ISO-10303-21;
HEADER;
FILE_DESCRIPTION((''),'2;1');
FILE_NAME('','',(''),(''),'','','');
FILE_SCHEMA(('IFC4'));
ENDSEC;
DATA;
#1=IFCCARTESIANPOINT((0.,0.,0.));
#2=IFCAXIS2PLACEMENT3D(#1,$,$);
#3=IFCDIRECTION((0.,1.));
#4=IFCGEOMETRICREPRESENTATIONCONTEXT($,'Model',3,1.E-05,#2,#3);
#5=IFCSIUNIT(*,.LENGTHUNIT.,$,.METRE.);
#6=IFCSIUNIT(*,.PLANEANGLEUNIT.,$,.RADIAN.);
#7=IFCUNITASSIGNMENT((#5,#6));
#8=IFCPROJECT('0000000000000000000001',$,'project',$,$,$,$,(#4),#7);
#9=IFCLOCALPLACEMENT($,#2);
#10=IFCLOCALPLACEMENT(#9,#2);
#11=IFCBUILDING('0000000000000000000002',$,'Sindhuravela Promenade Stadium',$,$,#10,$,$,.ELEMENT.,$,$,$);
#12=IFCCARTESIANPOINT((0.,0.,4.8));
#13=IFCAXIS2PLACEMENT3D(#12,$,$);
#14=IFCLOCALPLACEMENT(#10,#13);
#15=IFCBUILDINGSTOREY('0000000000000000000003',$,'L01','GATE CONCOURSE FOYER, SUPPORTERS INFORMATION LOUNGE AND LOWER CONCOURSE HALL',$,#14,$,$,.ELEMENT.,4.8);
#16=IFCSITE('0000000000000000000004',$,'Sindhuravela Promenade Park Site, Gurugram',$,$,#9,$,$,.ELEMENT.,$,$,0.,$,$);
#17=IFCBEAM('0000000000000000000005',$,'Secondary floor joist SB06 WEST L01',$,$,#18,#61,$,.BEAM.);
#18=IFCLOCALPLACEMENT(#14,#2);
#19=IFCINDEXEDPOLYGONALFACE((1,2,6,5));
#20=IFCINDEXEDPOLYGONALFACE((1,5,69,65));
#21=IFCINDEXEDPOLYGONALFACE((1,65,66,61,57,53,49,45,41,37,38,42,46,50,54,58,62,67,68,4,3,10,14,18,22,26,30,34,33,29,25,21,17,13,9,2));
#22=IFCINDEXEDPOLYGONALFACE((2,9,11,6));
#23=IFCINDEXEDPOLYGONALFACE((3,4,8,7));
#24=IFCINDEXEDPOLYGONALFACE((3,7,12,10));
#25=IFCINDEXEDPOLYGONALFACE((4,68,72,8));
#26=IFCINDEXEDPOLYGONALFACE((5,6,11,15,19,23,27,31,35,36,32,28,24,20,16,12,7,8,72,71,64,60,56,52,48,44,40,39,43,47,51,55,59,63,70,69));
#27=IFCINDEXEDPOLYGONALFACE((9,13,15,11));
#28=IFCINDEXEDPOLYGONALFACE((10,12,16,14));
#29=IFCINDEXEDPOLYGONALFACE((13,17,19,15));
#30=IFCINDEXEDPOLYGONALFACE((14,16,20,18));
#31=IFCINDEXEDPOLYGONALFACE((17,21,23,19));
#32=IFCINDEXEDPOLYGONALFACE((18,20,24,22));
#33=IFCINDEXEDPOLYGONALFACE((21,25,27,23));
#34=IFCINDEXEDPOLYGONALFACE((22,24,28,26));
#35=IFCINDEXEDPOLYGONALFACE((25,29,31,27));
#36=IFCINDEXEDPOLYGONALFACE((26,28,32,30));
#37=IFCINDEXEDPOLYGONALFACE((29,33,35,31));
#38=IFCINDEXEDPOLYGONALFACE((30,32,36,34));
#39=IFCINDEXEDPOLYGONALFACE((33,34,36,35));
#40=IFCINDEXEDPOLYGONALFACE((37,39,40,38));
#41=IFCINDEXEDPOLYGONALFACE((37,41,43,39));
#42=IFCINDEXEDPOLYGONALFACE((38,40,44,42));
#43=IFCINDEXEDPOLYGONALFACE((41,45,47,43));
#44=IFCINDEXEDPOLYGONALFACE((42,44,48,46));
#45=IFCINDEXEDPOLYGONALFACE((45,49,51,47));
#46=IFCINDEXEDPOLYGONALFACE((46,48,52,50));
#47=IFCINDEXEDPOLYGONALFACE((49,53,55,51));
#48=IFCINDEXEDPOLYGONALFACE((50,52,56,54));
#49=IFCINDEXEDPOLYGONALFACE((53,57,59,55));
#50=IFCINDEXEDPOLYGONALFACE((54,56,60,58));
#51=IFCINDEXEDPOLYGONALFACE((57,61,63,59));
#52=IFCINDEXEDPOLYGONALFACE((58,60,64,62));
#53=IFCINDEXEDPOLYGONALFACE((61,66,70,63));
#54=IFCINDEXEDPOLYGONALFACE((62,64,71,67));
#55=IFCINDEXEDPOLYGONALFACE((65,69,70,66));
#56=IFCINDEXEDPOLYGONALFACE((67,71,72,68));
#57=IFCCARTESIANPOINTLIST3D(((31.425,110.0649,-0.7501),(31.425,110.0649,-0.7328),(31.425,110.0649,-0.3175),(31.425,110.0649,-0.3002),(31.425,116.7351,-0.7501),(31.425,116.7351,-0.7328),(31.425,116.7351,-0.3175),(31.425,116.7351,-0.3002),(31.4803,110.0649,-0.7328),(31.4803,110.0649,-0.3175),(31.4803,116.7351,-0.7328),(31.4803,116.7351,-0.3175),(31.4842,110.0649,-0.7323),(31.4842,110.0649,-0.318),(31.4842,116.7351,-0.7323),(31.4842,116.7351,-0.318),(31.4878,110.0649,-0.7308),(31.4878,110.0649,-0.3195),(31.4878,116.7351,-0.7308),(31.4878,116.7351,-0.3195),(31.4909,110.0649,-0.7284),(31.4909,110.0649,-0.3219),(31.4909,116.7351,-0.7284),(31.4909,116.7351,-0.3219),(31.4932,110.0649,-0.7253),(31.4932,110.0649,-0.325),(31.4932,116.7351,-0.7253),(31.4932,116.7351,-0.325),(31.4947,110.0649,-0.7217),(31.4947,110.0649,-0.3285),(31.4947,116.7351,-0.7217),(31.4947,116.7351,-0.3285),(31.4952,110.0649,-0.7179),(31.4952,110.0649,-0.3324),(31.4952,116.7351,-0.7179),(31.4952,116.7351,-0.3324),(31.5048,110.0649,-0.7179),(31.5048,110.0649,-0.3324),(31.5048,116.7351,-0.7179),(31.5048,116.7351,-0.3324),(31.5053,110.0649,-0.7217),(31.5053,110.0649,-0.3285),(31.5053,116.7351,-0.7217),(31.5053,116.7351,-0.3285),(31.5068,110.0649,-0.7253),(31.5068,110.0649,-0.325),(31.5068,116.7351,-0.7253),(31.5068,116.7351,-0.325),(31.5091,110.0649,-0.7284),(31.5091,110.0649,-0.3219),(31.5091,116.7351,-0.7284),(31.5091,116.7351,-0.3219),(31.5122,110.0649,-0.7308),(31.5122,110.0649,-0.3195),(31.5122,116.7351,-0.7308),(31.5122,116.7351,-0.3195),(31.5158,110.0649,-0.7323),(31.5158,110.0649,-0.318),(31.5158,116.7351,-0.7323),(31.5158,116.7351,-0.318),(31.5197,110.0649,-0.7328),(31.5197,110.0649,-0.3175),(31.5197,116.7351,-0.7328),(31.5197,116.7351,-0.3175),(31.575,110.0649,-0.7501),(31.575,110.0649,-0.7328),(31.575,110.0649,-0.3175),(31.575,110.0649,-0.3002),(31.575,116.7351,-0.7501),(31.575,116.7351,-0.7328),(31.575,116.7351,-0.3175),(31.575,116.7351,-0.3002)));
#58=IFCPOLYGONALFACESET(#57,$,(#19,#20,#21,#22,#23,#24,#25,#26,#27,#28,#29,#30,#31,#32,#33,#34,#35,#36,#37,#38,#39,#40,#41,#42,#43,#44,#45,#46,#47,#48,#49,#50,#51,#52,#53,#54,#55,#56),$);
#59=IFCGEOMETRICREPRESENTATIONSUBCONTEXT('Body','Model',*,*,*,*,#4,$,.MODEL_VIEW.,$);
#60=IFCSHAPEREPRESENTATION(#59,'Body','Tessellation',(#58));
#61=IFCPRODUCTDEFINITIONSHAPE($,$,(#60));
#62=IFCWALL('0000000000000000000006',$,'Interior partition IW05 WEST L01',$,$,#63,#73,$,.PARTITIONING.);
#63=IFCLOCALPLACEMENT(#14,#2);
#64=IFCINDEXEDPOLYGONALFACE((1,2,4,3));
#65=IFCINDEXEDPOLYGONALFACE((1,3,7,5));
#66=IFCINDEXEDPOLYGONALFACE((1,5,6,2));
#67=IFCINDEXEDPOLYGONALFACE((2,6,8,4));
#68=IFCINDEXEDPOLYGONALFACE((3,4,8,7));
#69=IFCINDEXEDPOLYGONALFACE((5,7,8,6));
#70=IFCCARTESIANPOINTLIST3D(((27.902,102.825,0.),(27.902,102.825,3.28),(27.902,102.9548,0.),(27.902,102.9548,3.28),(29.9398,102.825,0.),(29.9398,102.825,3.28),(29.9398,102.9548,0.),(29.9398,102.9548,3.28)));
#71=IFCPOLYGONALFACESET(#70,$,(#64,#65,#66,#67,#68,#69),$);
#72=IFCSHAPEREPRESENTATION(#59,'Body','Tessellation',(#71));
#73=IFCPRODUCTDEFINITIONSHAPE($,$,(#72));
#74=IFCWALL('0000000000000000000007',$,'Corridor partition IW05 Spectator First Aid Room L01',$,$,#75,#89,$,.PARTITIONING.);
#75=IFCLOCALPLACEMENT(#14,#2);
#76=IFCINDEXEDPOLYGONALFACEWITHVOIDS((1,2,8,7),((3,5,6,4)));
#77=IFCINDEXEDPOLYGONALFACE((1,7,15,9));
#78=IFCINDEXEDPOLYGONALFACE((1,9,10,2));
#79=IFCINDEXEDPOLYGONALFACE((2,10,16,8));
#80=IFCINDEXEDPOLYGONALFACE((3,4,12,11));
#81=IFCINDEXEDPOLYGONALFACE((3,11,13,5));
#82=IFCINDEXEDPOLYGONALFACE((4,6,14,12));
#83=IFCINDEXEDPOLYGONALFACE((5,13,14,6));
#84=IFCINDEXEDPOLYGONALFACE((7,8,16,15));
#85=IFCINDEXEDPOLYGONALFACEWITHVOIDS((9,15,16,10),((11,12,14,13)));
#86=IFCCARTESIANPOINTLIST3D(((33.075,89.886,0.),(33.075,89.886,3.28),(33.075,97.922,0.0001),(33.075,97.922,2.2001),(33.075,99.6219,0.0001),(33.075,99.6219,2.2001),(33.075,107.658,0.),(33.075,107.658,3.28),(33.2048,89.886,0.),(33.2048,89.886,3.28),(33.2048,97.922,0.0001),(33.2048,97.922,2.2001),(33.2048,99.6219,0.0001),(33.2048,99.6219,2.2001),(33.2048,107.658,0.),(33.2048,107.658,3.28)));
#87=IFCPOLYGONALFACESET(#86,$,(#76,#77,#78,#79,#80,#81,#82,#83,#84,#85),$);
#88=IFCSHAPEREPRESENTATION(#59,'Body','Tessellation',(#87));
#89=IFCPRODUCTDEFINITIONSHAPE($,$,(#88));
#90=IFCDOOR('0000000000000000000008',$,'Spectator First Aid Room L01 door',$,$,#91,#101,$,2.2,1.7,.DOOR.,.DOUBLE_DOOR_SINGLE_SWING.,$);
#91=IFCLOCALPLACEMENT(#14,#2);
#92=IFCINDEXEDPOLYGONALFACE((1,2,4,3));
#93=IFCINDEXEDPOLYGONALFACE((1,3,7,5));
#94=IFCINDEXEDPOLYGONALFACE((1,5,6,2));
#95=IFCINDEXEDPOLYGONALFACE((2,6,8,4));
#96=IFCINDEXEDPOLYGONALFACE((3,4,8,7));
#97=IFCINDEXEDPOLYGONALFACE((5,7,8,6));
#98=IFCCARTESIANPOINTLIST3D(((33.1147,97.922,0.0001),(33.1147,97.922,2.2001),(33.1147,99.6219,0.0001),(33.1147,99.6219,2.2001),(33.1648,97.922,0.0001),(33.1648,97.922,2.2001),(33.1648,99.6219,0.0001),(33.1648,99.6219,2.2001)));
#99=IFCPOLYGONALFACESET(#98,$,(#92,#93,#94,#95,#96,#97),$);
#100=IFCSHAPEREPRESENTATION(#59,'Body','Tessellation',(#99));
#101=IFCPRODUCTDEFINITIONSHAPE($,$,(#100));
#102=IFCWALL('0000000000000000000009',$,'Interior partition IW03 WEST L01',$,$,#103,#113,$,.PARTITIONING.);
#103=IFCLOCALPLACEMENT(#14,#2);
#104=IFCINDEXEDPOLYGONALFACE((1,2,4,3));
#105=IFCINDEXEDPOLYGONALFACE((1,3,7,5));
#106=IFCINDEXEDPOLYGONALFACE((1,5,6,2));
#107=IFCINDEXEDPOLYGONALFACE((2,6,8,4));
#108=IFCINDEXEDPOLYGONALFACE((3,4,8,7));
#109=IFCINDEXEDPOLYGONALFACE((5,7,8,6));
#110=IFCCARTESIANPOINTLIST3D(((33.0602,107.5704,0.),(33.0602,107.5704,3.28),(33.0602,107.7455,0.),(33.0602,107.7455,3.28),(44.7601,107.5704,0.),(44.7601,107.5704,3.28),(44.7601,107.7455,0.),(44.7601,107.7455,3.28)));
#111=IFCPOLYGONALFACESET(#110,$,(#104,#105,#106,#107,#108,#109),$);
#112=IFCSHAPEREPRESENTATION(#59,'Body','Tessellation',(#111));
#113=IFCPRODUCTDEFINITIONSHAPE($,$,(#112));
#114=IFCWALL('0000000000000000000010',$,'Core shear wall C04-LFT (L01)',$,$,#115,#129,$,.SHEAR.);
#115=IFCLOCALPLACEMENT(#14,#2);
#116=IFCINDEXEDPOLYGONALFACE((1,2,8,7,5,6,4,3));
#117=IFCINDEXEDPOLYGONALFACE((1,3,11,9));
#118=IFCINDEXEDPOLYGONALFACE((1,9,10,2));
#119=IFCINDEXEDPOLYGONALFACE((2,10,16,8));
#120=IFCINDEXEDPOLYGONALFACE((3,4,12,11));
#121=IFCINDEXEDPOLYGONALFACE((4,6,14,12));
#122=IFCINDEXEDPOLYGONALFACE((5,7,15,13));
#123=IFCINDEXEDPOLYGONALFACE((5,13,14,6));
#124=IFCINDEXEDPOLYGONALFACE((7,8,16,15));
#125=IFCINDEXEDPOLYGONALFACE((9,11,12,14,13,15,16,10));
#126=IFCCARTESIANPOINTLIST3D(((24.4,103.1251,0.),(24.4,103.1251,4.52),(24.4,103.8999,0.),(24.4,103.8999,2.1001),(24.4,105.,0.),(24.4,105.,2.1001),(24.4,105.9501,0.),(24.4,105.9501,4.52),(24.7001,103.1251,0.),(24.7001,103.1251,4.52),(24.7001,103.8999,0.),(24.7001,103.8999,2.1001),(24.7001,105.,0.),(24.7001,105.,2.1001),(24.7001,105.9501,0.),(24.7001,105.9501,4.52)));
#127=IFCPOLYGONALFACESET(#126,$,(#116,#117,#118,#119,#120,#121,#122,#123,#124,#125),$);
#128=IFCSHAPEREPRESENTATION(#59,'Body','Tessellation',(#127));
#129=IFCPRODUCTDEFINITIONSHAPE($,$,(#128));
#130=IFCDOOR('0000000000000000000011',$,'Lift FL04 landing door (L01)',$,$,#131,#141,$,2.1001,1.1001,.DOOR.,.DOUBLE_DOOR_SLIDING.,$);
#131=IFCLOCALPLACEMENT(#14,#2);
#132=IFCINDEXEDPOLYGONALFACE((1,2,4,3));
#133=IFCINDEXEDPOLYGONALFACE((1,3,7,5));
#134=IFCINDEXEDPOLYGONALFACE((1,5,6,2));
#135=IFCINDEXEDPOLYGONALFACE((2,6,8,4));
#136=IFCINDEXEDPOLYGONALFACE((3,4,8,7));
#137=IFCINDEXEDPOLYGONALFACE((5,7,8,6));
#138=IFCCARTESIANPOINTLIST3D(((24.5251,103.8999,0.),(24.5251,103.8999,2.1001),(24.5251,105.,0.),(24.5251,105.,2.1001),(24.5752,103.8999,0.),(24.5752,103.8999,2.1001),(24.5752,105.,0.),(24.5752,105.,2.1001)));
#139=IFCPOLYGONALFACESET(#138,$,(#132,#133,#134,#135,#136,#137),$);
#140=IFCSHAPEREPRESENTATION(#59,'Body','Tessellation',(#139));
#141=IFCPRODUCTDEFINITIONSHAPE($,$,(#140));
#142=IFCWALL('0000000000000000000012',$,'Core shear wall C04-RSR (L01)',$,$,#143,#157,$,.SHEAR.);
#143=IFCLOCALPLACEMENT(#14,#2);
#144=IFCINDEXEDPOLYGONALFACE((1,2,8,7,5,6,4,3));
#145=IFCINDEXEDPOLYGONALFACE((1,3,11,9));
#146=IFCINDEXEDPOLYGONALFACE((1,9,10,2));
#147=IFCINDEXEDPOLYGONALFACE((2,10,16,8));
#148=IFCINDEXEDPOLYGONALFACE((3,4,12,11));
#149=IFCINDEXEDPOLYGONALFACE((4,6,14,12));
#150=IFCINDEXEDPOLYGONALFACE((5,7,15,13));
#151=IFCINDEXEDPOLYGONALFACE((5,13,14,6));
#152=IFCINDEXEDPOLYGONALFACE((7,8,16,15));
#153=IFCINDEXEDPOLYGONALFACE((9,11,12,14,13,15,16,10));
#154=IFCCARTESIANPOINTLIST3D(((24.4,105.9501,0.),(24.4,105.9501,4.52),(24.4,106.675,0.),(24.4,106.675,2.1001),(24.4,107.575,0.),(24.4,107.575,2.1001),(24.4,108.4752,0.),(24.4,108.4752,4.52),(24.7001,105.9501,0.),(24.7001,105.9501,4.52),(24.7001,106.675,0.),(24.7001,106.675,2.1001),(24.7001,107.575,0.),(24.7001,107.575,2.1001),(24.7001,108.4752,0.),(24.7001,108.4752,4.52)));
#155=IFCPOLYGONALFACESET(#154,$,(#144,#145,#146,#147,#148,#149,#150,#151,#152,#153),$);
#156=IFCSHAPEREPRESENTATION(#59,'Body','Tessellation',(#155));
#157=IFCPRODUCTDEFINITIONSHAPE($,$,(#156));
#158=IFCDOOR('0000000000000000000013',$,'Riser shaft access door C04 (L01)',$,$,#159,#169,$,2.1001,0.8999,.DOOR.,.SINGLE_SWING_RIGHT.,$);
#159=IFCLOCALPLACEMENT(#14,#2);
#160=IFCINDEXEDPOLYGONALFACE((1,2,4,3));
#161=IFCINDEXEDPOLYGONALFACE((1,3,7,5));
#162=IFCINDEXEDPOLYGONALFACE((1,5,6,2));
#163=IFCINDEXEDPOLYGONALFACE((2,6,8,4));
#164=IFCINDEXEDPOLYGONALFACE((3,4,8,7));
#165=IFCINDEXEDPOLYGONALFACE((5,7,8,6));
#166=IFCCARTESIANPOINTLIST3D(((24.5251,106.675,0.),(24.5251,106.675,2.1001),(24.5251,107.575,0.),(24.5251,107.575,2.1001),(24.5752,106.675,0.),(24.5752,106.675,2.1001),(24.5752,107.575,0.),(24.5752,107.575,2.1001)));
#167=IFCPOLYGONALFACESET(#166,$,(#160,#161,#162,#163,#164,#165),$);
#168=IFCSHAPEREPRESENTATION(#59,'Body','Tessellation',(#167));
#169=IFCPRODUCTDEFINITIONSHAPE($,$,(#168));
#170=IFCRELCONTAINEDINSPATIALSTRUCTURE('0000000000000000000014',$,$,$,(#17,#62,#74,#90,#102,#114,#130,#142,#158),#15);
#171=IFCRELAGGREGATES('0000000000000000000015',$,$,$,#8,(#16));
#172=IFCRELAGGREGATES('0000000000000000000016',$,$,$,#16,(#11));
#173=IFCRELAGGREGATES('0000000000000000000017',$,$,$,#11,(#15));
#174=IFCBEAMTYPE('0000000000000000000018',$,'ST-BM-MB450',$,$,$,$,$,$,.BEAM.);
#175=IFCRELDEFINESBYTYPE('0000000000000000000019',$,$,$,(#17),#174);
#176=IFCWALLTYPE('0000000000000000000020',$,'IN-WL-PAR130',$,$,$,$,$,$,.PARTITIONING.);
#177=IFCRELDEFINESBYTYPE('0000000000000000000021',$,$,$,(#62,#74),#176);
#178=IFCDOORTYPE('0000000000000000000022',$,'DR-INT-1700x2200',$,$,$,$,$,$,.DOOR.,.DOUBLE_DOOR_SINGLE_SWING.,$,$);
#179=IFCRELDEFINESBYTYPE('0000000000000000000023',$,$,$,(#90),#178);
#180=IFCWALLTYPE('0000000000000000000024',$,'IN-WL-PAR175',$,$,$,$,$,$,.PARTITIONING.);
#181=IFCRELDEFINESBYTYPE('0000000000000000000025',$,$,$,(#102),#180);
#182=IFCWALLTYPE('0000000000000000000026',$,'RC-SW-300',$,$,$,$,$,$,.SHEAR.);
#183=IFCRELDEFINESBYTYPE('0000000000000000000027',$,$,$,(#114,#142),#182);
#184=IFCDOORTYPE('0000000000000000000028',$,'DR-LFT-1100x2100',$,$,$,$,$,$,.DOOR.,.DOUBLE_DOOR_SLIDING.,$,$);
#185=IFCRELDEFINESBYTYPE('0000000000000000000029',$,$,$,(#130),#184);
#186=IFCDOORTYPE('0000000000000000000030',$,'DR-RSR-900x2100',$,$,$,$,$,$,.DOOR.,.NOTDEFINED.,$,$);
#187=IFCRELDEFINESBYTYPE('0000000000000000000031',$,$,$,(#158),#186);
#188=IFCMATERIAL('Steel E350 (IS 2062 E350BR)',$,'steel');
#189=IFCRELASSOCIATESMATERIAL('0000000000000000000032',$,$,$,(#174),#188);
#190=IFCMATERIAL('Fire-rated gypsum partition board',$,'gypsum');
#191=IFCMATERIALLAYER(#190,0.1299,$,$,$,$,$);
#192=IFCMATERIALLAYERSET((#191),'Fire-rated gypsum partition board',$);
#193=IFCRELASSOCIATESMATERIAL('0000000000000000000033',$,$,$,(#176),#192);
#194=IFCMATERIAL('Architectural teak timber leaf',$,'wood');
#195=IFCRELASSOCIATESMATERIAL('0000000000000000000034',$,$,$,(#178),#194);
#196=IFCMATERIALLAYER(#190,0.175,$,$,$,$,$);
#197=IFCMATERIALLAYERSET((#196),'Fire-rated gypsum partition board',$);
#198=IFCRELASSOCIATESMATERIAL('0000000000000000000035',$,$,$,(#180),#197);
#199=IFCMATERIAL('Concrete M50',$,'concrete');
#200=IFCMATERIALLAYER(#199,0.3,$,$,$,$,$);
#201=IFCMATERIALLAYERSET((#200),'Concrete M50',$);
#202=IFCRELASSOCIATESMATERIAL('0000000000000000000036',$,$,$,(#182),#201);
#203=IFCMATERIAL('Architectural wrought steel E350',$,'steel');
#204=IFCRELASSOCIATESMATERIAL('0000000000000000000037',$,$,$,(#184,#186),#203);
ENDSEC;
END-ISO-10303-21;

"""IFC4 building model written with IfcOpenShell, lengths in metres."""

from ifc_helpers import new_model, si_unit, direction, frame, frame_2d, origin, origin_2d, place, context, subcontext, project, spatial, rectangle, i_section, extrude, material, layer, layer_set, material_profile, profile_set, type_object, element, fill, save


model = new_model("IFC4")

# Units and contexts
model_context = context("Model", 3, precision=1e-05, world=origin(), true_north=direction((0.0, 1.0)))
body_context = subcontext(model_context, "Body", "Model", "MODEL_VIEW")
ifc_project = project(units=[si_unit("LENGTHUNIT", "METRE"), si_unit("PLANEANGLEUNIT", "RADIAN")], contexts=[model_context])

# Site, building, storey
site_placement = place(None, origin())
site = spatial("IfcSite", under=ifc_project, at=site_placement, Name="Sindhuravela Promenade Park Site, Gurugram", CompositionType="ELEMENT", RefElevation=0.0)
building_placement = place(site_placement, origin())
building = spatial("IfcBuilding", under=site, at=building_placement, Name="Sindhuravela Promenade Stadium", CompositionType="ELEMENT")
storey_placement = place(building_placement, frame((0.0, 0.0, 4.8)))
storey = spatial("IfcBuildingStorey", under=building, at=storey_placement, Name="L01", Description="GATE CONCOURSE FOYER, SUPPORTERS INFORMATION LOUNGE AND LOWER CONCOURSE HALL", CompositionType="ELEMENT", Elevation=4.8)

# Shared definitions
ifc_material_1 = material(Name="Concrete M50", Category="concrete")

# Beam
ifc_material_2 = material(Name="Steel E350 (IS 2062 E350BR)", Category="steel")
ifc_material_profile_1 = material_profile(ifc_material_2, i_section(OverallWidth=0.1499, OverallDepth=0.45, WebThickness=0.0095, FlangeThickness=0.0173, FilletRadius=0.0149, at=origin_2d()), Name="ISMB 450")
ifc_profile_set_1 = profile_set([ifc_material_profile_1], Name="Steel E350 (IS 2062 E350BR)")
beam_type_1 = type_object("IfcBeamType", Name="ST-BM-MB450", PredefinedType="BEAM", material=ifc_profile_set_1)
beam_1_placement = place(storey_placement, frame((31.5, 110.0649, -0.5251), z_axis=(0.0, 1.0, 0.0), x_axis=(-1.0, 0.0, 0.0)))
element("IfcBeam", 1, at=beam_1_placement, inside=storey, type_object=beam_type_1, Name="Secondary floor joist SB06 WEST L01", PredefinedType="BEAM", context=body_context, shape_type="SweptSolid", body=[
    extrude(i_section(OverallWidth=0.1499, OverallDepth=0.45, WebThickness=0.0095, FlangeThickness=0.0173, FilletRadius=0.0149, at=origin_2d()), origin(), (0.0, 0.0, 1.0), 6.6702),
])

# Wall
ifc_material_3 = material(Name="Fire-rated gypsum partition board", Category="gypsum")
ifc_layer_1 = layer(ifc_material_3, 0.1299)
ifc_layer_set_1 = layer_set([ifc_layer_1], Name="Fire-rated gypsum partition board")
wall_type_1 = type_object("IfcWallType", Name="IN-WL-PAR130", PredefinedType="PARTITIONING", material=ifc_layer_set_1)
wall_1_placement = place(storey_placement, frame((29.9399, 102.8899, 0.0), z_axis=(0.0, 0.0, 1.0), x_axis=(-1.0, 0.0, 0.0)))
element("IfcWall", 2, at=wall_1_placement, inside=storey, type_object=wall_type_1, Name="Interior partition IW05 WEST L01", PredefinedType="PARTITIONING", context=body_context, shape_type="SweptSolid", body=[
    extrude(rectangle(XDim=2.0378, YDim=0.1299, at=frame_2d((1.019, 0.0))), origin(), (0.0, 0.0, 1.0), 3.28),
])

# Wall, opening, door
wall_2_placement = place(storey_placement, frame((33.1399, 107.658, 0.0), z_axis=(0.0, 0.0, 1.0), x_axis=(0.0, -1.0, 0.0)))
wall_2 = element("IfcWall", 3, at=wall_2_placement, inside=storey, type_object=wall_type_1, Name="Corridor partition IW05 Spectator First Aid Room L01", PredefinedType="PARTITIONING", context=body_context, shape_type="SweptSolid", body=[
    extrude(rectangle(XDim=17.772, YDim=0.1299, at=frame_2d((8.886, 0.0))), origin(), (0.0, 0.0, 1.0), 3.28),
])
opening_1_placement = place(wall_2_placement, frame((8.0359, 0.0, 0.0)))
opening_1 = element("IfcOpeningElement", 4, at=opening_1_placement, cuts=wall_2, PredefinedType="OPENING", context=body_context, shape_type="SweptSolid", body=[
    extrude(rectangle(XDim=1.7, YDim=2.2, at=frame_2d((0.8501, 1.1001))), frame((0.0, 0.075, 0.0), z_axis=(0.0, -1.0, 0.0), x_axis=(1.0, 0.0, 0.0)), (0.0, 0.0, 1.0), 0.1499),
])
ifc_material_4 = material(Name="Architectural teak timber leaf", Category="wood")
door_type_1 = type_object("IfcDoorType", Name="DR-INT-1700x2200", OperationType="DOUBLE_DOOR_SINGLE_SWING", PredefinedType="DOOR", material=ifc_material_4)
door_1_placement = place(opening_1_placement, origin())
door_1 = element("IfcDoor", 5, at=door_1_placement, inside=storey, type_object=door_type_1, Name="Spectator First Aid Room L01 door", OperationType="DOUBLE_DOOR_SINGLE_SWING", OverallHeight=2.2, OverallWidth=1.7, PredefinedType="DOOR", context=body_context, shape_type="SweptSolid", body=[
    extrude(rectangle(XDim=1.7, YDim=2.2, at=frame_2d((0.8501, 1.1001))), frame((0.0, 0.0249, 0.0), z_axis=(0.0, -1.0, 0.0), x_axis=(1.0, 0.0, 0.0)), (0.0, 0.0, 1.0), 0.05),
])
fill(opening_1, door_1)

# Wall
ifc_layer_2 = layer(ifc_material_3, 0.175)
ifc_layer_set_2 = layer_set([ifc_layer_2], Name="Fire-rated gypsum partition board")
wall_type_2 = type_object("IfcWallType", Name="IN-WL-PAR175", PredefinedType="PARTITIONING", material=ifc_layer_set_2)
wall_3_placement = place(storey_placement, frame((33.0601, 107.658, 0.0), z_axis=(0.0, 0.0, 1.0), x_axis=(1.0, 0.0, 0.0)))
element("IfcWall", 6, at=wall_3_placement, inside=storey, type_object=wall_type_2, Name="Interior partition IW03 WEST L01", PredefinedType="PARTITIONING", context=body_context, shape_type="SweptSolid", body=[
    extrude(rectangle(XDim=11.7, YDim=0.175, at=frame_2d((5.8501, 0.0))), origin(), (0.0, 0.0, 1.0), 3.28),
])

# Walls, openings, doors
ifc_layer_3 = layer(ifc_material_1, 0.3)
ifc_layer_set_3 = layer_set([ifc_layer_3], Name="Concrete M50")
wall_type_3 = type_object("IfcWallType", Name="RC-SW-300", PredefinedType="SHEAR", material=ifc_layer_set_3)
wall_4_placement = place(storey_placement, frame((24.55, 103.125, 0.0), z_axis=(0.0, 0.0, 1.0), x_axis=(0.0, 1.0, 0.0)))
wall_4 = element("IfcWall", 7, at=wall_4_placement, inside=storey, type_object=wall_type_3, Name="Core shear wall C04-LFT (L01)", PredefinedType="SHEAR", context=body_context, shape_type="SweptSolid", body=[
    extrude(rectangle(XDim=2.825, YDim=0.3, at=frame_2d((1.4126, 0.0))), origin(), (0.0, 0.0, 1.0), 4.52),
])
opening_2_placement = place(wall_4_placement, frame((0.7749, 0.0, 0.0)))
opening_2 = element("IfcOpeningElement", 8, at=opening_2_placement, cuts=wall_4, PredefinedType="OPENING", context=body_context, shape_type="SweptSolid", body=[
    extrude(rectangle(XDim=1.1001, YDim=2.1001, at=frame_2d((0.55, 1.05))), frame((0.0, 0.1599, 0.0), z_axis=(0.0, -1.0, 0.0), x_axis=(1.0, 0.0, 0.0)), (0.0, 0.0, 1.0), 0.3201),
])
ifc_material_5 = material(Name="Architectural wrought steel E350", Category="steel")
door_type_2 = type_object("IfcDoorType", Name="DR-LFT-1100x2100", OperationType="DOUBLE_DOOR_SLIDING", PredefinedType="DOOR", material=ifc_material_5)
door_2_placement = place(opening_2_placement, origin())
door_2 = element("IfcDoor", 9, at=door_2_placement, inside=storey, type_object=door_type_2, Name="Lift FL04 landing door (L01)", OperationType="DOUBLE_DOOR_SLIDING", OverallHeight=2.1001, OverallWidth=1.1001, PredefinedType="DOOR", context=body_context, shape_type="SweptSolid", body=[
    extrude(rectangle(XDim=1.1001, YDim=2.1001, at=frame_2d((0.55, 1.05))), frame((0.0, 0.0249, 0.0), z_axis=(0.0, -1.0, 0.0), x_axis=(1.0, 0.0, 0.0)), (0.0, 0.0, 1.0), 0.05),
])
fill(opening_2, door_2)
wall_5_placement = place(storey_placement, frame((24.55, 105.95, 0.0), z_axis=(0.0, 0.0, 1.0), x_axis=(0.0, 1.0, 0.0)))
wall_5 = element("IfcWall", 10, at=wall_5_placement, inside=storey, type_object=wall_type_3, Name="Core shear wall C04-RSR (L01)", PredefinedType="SHEAR", context=body_context, shape_type="SweptSolid", body=[
    extrude(rectangle(XDim=2.5251, YDim=0.3, at=frame_2d((1.2627, 0.0))), origin(), (0.0, 0.0, 1.0), 4.52),
])
opening_3_placement = place(wall_5_placement, frame((0.7251, 0.0, 0.0)))
opening_3 = element("IfcOpeningElement", 11, at=opening_3_placement, cuts=wall_5, PredefinedType="OPENING", context=body_context, shape_type="SweptSolid", body=[
    extrude(rectangle(XDim=0.8999, YDim=2.1001, at=frame_2d((0.45, 1.05))), frame((0.0, 0.1599, 0.0), z_axis=(0.0, -1.0, 0.0), x_axis=(1.0, 0.0, 0.0)), (0.0, 0.0, 1.0), 0.3201),
])
door_type_3 = type_object("IfcDoorType", Name="DR-RSR-900x2100", OperationType="NOTDEFINED", PredefinedType="DOOR", material=ifc_material_5)
door_3_placement = place(opening_3_placement, origin())
door_3 = element("IfcDoor", 12, at=door_3_placement, inside=storey, type_object=door_type_3, Name="Riser shaft access door C04 (L01)", OperationType="SINGLE_SWING_RIGHT", OverallHeight=2.1001, OverallWidth=0.8999, PredefinedType="DOOR", context=body_context, shape_type="SweptSolid", body=[
    extrude(rectangle(XDim=0.8999, YDim=2.1001, at=frame_2d((0.45, 1.05))), frame((0.0, 0.0249, 0.0), z_axis=(0.0, -1.0, 0.0), x_axis=(1.0, 0.0, 0.0)), (0.0, 0.0, 1.0), 0.05),
])
fill(opening_3, door_3)

save(model, "model.ifc")
